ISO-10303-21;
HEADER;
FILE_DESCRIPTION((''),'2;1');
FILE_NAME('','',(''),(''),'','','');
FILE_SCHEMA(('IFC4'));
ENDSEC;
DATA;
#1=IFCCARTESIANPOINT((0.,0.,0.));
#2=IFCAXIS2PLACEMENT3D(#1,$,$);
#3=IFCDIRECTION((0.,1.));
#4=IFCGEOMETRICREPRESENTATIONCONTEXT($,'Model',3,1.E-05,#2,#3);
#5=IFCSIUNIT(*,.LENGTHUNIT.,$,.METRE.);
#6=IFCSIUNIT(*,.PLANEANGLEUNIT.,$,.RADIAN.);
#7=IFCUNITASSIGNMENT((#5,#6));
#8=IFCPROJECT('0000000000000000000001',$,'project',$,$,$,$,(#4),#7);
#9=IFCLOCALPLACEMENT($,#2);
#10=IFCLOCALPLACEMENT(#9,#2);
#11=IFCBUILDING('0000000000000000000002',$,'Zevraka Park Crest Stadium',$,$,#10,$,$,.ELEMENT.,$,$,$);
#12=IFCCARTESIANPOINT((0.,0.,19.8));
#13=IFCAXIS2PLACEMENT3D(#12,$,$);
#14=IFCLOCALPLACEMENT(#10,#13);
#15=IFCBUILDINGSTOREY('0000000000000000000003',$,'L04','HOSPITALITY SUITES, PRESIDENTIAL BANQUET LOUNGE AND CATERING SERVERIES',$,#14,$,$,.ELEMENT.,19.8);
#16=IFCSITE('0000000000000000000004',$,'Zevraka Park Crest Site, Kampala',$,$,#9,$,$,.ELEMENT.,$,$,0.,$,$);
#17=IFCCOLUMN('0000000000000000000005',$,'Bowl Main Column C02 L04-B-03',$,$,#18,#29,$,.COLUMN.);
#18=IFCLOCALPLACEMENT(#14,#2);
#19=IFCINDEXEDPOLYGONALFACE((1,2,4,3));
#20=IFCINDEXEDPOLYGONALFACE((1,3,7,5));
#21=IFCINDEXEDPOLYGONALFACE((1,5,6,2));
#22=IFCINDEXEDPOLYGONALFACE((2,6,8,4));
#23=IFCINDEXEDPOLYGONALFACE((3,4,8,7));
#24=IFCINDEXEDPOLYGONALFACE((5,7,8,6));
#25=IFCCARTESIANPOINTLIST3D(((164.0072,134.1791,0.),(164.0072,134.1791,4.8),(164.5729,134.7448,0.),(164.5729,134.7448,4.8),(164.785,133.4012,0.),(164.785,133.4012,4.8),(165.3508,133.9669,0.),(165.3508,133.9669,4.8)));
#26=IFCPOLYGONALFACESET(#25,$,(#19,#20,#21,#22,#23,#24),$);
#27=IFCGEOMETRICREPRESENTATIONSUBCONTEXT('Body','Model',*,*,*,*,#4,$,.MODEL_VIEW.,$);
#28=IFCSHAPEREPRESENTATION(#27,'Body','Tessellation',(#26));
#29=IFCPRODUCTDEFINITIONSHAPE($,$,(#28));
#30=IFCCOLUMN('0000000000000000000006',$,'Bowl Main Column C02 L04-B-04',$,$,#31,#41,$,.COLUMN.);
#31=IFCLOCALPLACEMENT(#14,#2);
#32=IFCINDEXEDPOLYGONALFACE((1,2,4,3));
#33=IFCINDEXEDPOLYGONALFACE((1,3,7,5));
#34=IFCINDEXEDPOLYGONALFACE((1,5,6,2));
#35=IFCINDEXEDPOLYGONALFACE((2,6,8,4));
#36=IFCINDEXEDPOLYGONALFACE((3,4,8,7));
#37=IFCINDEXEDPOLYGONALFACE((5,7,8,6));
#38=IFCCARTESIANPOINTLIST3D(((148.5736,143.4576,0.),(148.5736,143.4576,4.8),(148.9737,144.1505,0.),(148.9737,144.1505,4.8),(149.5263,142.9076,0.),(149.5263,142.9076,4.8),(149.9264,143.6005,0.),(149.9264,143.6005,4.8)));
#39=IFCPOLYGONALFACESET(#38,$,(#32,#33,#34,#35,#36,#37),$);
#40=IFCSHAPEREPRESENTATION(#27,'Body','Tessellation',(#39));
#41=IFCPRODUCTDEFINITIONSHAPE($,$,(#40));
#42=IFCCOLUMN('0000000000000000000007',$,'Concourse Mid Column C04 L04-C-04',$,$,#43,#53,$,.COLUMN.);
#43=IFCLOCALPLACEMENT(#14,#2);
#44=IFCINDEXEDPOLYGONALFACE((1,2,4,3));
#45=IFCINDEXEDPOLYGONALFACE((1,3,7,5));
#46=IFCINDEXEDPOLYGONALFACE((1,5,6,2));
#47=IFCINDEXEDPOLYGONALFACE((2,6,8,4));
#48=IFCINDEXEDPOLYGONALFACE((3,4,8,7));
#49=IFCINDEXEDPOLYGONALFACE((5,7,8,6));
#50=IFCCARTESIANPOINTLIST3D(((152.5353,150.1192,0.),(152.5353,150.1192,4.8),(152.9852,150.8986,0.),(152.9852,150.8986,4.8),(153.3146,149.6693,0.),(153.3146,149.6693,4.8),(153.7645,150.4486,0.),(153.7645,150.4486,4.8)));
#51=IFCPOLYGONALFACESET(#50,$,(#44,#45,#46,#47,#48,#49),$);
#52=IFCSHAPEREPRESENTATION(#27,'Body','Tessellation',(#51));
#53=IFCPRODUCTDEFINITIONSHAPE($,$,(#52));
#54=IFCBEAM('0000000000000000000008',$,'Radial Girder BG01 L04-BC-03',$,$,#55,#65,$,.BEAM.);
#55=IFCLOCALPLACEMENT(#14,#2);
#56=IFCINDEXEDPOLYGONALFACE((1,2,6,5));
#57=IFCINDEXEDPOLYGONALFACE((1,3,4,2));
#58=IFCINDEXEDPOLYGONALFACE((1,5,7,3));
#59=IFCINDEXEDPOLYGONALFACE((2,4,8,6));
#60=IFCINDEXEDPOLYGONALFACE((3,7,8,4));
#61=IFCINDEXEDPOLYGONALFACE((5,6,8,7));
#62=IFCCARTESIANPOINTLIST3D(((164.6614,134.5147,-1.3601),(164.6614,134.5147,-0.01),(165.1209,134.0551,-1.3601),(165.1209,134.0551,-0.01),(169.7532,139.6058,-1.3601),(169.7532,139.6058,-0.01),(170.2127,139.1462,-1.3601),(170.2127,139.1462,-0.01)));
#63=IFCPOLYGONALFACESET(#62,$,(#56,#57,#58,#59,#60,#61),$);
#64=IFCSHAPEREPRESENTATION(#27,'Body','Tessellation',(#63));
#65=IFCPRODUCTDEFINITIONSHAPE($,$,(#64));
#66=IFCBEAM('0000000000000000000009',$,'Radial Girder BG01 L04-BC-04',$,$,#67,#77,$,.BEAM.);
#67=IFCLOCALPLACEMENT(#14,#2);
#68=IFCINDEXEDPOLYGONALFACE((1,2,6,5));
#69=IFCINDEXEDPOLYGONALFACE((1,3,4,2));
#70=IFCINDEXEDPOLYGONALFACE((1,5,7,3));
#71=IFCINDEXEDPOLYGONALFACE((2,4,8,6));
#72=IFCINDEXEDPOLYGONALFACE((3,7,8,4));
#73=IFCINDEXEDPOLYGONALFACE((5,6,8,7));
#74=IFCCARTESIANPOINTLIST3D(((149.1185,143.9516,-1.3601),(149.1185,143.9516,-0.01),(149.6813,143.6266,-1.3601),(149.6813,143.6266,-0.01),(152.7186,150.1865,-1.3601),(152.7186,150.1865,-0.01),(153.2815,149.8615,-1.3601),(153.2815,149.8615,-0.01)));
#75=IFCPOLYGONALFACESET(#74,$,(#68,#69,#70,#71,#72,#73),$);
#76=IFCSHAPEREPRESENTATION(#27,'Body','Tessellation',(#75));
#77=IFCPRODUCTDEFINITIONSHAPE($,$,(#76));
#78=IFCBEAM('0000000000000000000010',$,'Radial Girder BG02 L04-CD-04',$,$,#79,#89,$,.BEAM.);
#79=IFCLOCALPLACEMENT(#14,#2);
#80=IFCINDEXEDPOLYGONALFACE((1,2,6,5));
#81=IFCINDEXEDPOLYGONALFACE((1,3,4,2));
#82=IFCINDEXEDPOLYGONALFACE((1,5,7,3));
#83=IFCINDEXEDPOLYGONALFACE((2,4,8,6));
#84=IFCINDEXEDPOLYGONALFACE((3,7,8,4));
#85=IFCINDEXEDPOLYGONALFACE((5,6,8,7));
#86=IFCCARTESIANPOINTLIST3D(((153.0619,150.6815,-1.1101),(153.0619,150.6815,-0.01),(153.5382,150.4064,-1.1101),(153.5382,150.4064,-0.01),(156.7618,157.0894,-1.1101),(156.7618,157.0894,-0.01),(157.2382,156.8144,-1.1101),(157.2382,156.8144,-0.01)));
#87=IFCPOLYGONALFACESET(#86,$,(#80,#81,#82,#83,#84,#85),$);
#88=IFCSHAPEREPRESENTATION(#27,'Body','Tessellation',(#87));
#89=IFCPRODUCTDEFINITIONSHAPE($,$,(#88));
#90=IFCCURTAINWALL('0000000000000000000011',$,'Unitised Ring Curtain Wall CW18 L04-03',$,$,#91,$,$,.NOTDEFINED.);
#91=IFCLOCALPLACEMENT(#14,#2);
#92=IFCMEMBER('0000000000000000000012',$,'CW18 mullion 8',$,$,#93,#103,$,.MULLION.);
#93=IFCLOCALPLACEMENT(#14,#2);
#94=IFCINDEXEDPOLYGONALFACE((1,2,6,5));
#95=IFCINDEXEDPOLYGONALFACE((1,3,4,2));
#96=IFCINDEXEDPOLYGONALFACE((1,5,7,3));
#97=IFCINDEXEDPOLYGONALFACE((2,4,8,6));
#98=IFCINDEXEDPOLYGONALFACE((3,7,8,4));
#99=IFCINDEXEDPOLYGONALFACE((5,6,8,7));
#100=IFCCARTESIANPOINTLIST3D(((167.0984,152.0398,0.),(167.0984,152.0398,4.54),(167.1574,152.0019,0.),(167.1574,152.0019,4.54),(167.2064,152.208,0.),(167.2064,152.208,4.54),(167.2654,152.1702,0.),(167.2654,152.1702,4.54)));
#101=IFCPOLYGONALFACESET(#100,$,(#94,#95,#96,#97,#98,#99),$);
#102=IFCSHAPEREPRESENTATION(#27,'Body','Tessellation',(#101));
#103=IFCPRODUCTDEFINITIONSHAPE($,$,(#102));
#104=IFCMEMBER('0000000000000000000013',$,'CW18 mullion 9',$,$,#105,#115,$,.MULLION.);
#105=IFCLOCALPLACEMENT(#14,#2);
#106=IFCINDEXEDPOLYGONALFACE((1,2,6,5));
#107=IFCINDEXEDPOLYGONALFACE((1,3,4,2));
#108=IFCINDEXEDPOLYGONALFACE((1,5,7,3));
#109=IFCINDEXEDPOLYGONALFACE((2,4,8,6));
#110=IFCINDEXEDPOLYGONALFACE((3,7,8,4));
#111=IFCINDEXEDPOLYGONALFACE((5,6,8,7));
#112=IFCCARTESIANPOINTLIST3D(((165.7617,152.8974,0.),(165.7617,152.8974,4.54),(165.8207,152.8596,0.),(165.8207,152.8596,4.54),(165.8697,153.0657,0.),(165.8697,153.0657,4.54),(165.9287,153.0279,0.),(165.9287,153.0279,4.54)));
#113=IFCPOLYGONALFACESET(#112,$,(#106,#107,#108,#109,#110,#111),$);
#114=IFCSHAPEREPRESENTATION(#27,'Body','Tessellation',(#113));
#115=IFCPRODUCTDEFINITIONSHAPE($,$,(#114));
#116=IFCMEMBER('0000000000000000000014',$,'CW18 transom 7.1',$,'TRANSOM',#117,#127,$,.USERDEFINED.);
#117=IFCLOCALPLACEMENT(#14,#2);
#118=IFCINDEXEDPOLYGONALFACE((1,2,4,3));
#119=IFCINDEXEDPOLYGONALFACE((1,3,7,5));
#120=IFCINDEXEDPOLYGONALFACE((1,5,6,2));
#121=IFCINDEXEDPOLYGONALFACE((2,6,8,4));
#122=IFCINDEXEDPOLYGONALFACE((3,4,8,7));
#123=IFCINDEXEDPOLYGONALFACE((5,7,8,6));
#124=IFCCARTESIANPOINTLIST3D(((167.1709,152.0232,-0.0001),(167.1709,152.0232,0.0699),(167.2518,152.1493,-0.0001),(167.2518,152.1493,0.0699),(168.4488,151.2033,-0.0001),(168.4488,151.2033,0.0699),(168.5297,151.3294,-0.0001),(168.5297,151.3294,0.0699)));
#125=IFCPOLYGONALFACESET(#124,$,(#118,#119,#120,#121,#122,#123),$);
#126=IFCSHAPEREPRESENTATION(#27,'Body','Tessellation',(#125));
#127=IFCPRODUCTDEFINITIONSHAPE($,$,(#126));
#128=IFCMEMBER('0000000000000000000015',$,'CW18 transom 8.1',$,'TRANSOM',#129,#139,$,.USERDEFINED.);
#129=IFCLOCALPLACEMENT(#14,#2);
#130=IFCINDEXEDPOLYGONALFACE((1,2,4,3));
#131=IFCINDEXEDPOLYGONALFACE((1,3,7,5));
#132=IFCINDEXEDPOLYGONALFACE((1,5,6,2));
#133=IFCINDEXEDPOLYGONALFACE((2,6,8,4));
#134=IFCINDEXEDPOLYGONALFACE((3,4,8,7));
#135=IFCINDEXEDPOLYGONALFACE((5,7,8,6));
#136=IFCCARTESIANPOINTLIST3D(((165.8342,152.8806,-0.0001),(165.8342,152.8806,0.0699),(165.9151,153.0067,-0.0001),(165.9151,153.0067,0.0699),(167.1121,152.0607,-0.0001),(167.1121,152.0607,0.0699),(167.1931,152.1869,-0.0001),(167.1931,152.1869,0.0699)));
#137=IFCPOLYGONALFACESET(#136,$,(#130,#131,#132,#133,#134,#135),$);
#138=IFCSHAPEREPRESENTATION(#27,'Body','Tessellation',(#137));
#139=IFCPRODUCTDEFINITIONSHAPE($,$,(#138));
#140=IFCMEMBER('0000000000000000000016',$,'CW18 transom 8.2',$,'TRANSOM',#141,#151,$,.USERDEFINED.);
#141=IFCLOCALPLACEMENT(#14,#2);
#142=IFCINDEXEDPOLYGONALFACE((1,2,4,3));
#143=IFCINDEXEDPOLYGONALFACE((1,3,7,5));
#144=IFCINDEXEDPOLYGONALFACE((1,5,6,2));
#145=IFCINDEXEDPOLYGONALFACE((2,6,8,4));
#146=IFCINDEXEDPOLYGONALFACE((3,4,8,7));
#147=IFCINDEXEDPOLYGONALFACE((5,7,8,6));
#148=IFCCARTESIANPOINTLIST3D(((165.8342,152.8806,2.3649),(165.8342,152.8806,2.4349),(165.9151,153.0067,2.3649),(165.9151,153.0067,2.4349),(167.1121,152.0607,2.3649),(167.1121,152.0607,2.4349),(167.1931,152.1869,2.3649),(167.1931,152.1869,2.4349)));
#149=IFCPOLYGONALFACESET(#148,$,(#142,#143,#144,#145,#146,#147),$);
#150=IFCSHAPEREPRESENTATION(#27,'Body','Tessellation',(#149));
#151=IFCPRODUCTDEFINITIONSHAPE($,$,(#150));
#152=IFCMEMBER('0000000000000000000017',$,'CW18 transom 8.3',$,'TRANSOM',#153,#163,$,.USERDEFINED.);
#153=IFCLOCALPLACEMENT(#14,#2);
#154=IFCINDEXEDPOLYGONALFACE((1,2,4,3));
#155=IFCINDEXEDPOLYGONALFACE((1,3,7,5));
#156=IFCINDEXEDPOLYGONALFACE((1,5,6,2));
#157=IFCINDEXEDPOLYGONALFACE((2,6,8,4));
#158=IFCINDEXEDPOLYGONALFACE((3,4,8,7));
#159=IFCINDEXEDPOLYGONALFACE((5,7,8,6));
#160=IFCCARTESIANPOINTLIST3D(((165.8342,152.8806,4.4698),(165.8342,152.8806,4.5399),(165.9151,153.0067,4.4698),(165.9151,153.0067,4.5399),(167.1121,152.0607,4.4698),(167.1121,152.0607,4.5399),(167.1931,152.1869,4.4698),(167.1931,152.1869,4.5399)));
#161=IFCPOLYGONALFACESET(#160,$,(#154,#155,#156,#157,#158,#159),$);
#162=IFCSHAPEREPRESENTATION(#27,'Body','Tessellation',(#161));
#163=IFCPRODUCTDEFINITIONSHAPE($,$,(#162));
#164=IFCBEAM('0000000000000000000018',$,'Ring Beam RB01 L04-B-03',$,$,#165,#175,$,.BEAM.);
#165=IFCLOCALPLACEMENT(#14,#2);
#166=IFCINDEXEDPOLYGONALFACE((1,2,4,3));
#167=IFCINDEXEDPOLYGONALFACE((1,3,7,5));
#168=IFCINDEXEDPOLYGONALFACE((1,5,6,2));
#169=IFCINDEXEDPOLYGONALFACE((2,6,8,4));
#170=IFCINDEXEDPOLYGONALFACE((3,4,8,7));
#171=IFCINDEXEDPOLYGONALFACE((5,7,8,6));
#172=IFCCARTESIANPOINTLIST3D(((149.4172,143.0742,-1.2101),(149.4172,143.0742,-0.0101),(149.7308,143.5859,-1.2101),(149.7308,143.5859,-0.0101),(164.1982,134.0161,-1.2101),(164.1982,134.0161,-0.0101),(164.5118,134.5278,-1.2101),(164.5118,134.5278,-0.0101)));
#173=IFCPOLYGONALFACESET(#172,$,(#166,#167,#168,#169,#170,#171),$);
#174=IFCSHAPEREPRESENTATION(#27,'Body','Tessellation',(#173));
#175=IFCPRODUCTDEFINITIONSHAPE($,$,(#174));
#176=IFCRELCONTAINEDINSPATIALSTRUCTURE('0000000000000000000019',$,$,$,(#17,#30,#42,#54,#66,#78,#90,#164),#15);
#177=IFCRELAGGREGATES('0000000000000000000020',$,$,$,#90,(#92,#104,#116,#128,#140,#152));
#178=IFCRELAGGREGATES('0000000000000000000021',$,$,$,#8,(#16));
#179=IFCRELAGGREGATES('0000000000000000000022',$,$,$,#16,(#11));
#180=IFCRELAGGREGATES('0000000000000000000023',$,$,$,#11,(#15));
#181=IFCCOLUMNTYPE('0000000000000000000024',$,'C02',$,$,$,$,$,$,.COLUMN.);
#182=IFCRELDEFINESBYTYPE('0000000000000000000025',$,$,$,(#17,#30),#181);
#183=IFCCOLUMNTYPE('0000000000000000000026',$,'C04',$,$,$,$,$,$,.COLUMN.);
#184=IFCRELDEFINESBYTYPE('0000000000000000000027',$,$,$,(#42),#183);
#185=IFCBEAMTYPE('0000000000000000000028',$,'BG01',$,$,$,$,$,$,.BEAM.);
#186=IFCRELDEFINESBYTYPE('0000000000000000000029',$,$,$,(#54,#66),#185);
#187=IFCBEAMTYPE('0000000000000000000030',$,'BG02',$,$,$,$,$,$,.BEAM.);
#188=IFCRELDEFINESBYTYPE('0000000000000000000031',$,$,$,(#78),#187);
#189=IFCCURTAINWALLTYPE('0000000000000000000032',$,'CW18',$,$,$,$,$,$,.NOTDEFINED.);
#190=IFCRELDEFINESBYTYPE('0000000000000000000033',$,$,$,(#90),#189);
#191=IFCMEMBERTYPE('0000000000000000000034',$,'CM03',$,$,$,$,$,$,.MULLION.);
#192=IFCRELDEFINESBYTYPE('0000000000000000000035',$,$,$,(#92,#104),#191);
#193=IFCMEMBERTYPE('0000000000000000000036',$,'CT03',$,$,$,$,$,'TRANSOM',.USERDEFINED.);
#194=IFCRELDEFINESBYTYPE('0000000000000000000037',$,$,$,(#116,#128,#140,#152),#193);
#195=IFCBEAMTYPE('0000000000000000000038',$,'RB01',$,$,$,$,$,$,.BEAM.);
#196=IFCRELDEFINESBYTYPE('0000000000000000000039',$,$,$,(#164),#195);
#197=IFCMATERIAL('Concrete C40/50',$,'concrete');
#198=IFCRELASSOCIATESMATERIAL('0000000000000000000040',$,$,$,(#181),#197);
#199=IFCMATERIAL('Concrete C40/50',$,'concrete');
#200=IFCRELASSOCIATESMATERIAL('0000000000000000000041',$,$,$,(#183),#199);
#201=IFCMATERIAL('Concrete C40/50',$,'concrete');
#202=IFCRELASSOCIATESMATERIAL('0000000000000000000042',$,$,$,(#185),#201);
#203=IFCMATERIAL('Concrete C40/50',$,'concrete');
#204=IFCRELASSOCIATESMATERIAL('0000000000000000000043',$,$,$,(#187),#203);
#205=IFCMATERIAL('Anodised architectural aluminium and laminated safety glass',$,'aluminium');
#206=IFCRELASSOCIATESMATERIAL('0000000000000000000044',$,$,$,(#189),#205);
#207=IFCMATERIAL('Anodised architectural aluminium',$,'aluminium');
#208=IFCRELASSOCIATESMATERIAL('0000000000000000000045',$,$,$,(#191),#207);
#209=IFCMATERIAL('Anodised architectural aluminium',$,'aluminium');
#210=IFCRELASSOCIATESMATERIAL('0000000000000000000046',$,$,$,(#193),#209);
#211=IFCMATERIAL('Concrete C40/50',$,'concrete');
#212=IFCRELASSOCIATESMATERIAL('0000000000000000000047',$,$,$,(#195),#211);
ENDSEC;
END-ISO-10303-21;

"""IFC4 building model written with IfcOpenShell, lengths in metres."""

from ifc_helpers import new_model, si_unit, direction, frame, origin, origin_2d, place, context, subcontext, project, spatial, rectangle, extrude, material, material_profile, profile_set, type_object, element, aggregate, save


model = new_model("IFC4")

# Units and contexts
model_context = context("Model", 3, precision=1e-05, world=origin(), true_north=direction((0.0, 1.0)))
body_context = subcontext(model_context, "Body", "Model", "MODEL_VIEW")
ifc_project = project(units=[si_unit("LENGTHUNIT", "METRE"), si_unit("PLANEANGLEUNIT", "RADIAN")], contexts=[model_context])

# Site, building, storey
site_placement = place(None, origin())
site = spatial("IfcSite", under=ifc_project, at=site_placement, Name="Zevraka Park Crest Site, Kampala", CompositionType="ELEMENT", RefElevation=0.0)
building_placement = place(site_placement, origin())
building = spatial("IfcBuilding", under=site, at=building_placement, Name="Zevraka Park Crest Stadium", CompositionType="ELEMENT")
storey_placement = place(building_placement, frame((0.0, 0.0, 19.8)))
storey = spatial("IfcBuildingStorey", under=building, at=storey_placement, Name="L04", Description="HOSPITALITY SUITES, PRESIDENTIAL BANQUET LOUNGE AND CATERING SERVERIES", CompositionType="ELEMENT", Elevation=19.8)

# Columns
ifc_material_1 = material(Name="Concrete C40/50", Category="concrete")
ifc_material_profile_1 = material_profile(ifc_material_1, rectangle(XDim=0.8, YDim=1.1001, at=origin_2d()), Name="RC 1100x800")
ifc_profile_set_1 = profile_set([ifc_material_profile_1], Name="Concrete C40/50")
column_type_1 = type_object("IfcColumnType", Name="C02", PredefinedType="COLUMN", material=ifc_profile_set_1)
for number, where, z_axis, x_axis, name in (
    (1, (164.679, 134.073, 0.0), (0.0, 0.0, 1.0), (0.707107, 0.707107, 0.0), "Bowl Main Column C02 L04-B-03"),
    (2, (149.25, 143.5291, 0.0), (0.0, 0.0, 1.0), (0.5, 0.866025, 0.0), "Bowl Main Column C02 L04-B-04"),
):
    element("IfcColumn", number, at=place(storey_placement, frame(where, z_axis=z_axis, x_axis=x_axis)), inside=storey, type_object=column_type_1, Name=name, PredefinedType="COLUMN", context=body_context, shape_type="SweptSolid", body=[
        extrude(rectangle(XDim=0.8, YDim=1.1001, at=origin_2d()), origin(), (0.0, 0.0, 1.0), 4.8),
    ])
ifc_material_2 = material(Name="Concrete C40/50", Category="concrete")
ifc_material_profile_2 = material_profile(ifc_material_2, rectangle(XDim=0.8999, YDim=0.8999, at=origin_2d()), Name="RC 900x900")
ifc_profile_set_2 = profile_set([ifc_material_profile_2], Name="Concrete C40/50")
column_type_2 = type_object("IfcColumnType", Name="C04", PredefinedType="COLUMN", material=ifc_profile_set_2)
column_placement = place(storey_placement, frame((153.1499, 150.2839, 0.0), z_axis=(0.0, 0.0, 1.0), x_axis=(0.5, 0.866025, 0.0)))
element("IfcColumn", 3, at=column_placement, inside=storey, type_object=column_type_2, Name="Concourse Mid Column C04 L04-C-04", PredefinedType="COLUMN", context=body_context, shape_type="SweptSolid", body=[
    extrude(rectangle(XDim=0.8999, YDim=0.8999, at=origin_2d()), origin(), (0.0, 0.0, 1.0), 4.8),
])

# Beams
ifc_material_3 = material(Name="Concrete C40/50", Category="concrete")
ifc_material_profile_3 = material_profile(ifc_material_3, rectangle(XDim=0.6499, YDim=1.3501, at=origin_2d()), Name="RC 1350x650")
ifc_profile_set_3 = profile_set([ifc_material_profile_3], Name="Concrete C40/50")
beam_type_1 = type_object("IfcBeamType", Name="BG01", PredefinedType="BEAM", material=ifc_profile_set_3)
beam_1_placement = place(storey_placement, frame((164.8911, 134.2849, -0.6851), z_axis=(0.707158, 0.707056, 0.0), x_axis=(-0.707056, 0.707158, 0.0)))
element("IfcBeam", 4, at=beam_1_placement, inside=storey, type_object=beam_type_1, Name="Radial Girder BG01 L04-BC-03", PredefinedType="BEAM", context=body_context, shape_type="SweptSolid", body=[
    extrude(rectangle(XDim=0.6499, YDim=1.3501, at=origin_2d()), origin(), (0.0, 0.0, 1.0), 7.2004),
])
beam_2_placement = place(storey_placement, frame((149.3999, 143.7891, -0.6851), z_axis=(0.500041, 0.866001, 0.0), x_axis=(-0.866001, 0.500041, 0.0)))
element("IfcBeam", 5, at=beam_2_placement, inside=storey, type_object=beam_type_1, Name="Radial Girder BG01 L04-BC-04", PredefinedType="BEAM", context=body_context, shape_type="SweptSolid", body=[
    extrude(rectangle(XDim=0.6499, YDim=1.3501, at=origin_2d()), origin(), (0.0, 0.0, 1.0), 7.1997),
])
ifc_material_4 = material(Name="Concrete C40/50", Category="concrete")
ifc_material_profile_4 = material_profile(ifc_material_4, rectangle(XDim=0.55, YDim=1.1001, at=origin_2d()), Name="RC 1100x550")
ifc_profile_set_4 = profile_set([ifc_material_profile_4], Name="Concrete C40/50")
beam_type_2 = type_object("IfcBeamType", Name="BG02", PredefinedType="BEAM", material=ifc_profile_set_4)
beam_3_placement = place(storey_placement, frame((153.3, 150.5439, -0.5601), z_axis=(0.500032, 0.866007, 0.0), x_axis=(-0.866007, 0.500032, 0.0)))
element("IfcBeam", 6, at=beam_3_placement, inside=storey, type_object=beam_type_2, Name="Radial Girder BG02 L04-CD-04", PredefinedType="BEAM", context=body_context, shape_type="SweptSolid", body=[
    extrude(rectangle(XDim=0.55, YDim=1.1001, at=origin_2d()), origin(), (0.0, 0.0, 1.0), 7.3994),
])

# Curtain wall, members
ifc_material_5 = material(Name="Anodised architectural aluminium and laminated safety glass", Category="aluminium")
curtain_wall_type = type_object("IfcCurtainWallType", Name="CW18", PredefinedType="NOTDEFINED", material=ifc_material_5)
curtain_wall_placement = place(storey_placement, origin())
curtain_wall = element("IfcCurtainWall", 7, at=curtain_wall_placement, inside=storey, type_object=curtain_wall_type, Name="Unitised Ring Curtain Wall CW18 L04-03", PredefinedType="NOTDEFINED")
ifc_material_6 = material(Name="Anodised architectural aluminium", Category="aluminium")
ifc_material_profile_5 = material_profile(ifc_material_6, rectangle(XDim=0.2, YDim=0.0701, at=origin_2d()), Name="ALU MULLION 200x70")
ifc_profile_set_5 = profile_set([ifc_material_profile_5], Name="Anodised architectural aluminium")
member_type_1 = type_object("IfcMemberType", Name="CM03", PredefinedType="MULLION", material=ifc_profile_set_5)
member_1_placement = place(storey_placement, frame((167.1819, 152.105, 0.0), z_axis=(0.0, 0.0, 1.0), x_axis=(-0.53998, -0.841678, 0.0)))
member_1 = element("IfcMember", 8, at=member_1_placement, type_object=member_type_1, Name="CW18 mullion 8", PredefinedType="MULLION", context=body_context, shape_type="SweptSolid", body=[
    extrude(rectangle(XDim=0.2, YDim=0.0701, at=origin_2d()), origin(), (0.0, 0.0, 1.0), 4.54),
])
member_2_placement = place(storey_placement, frame((165.8452, 152.9626, 0.0), z_axis=(0.0, 0.0, 1.0), x_axis=(-0.53998, -0.841678, 0.0)))
member_2 = element("IfcMember", 9, at=member_2_placement, type_object=member_type_1, Name="CW18 mullion 9", PredefinedType="MULLION", context=body_context, shape_type="SweptSolid", body=[
    extrude(rectangle(XDim=0.2, YDim=0.0701, at=origin_2d()), origin(), (0.0, 0.0, 1.0), 4.54),
])
ifc_material_7 = material(Name="Anodised architectural aluminium", Category="aluminium")
ifc_material_profile_6 = material_profile(ifc_material_7, rectangle(XDim=0.1499, YDim=0.0701, at=origin_2d()), Name="ALU TRANSOM 150x70")
ifc_profile_set_6 = profile_set([ifc_material_profile_6], Name="Anodised architectural aluminium")
member_type_2 = type_object("IfcMemberType", Name="CT03", ElementType="TRANSOM", PredefinedType="USERDEFINED", material=ifc_profile_set_6)
member_3_placement = place(storey_placement, frame((168.4893, 151.2664, 0.0349), z_axis=(-0.841669, 0.539993, 0.0), x_axis=(-0.539993, -0.841669, 0.0)))
member_3 = element("IfcMember", 10, at=member_3_placement, type_object=member_type_2, Name="CW18 transom 7.1", ObjectType="TRANSOM", PredefinedType="USERDEFINED", context=body_context, shape_type="SweptSolid", body=[
    extrude(rectangle(XDim=0.1499, YDim=0.0701, at=origin_2d()), origin(), (0.0, 0.0, 1.0), 1.5183),
])
member_4_placement = place(storey_placement, frame((167.1526, 152.1238, 0.0349), z_axis=(-0.841669, 0.539993, 0.0), x_axis=(-0.539993, -0.841669, 0.0)))
member_4 = element("IfcMember", 11, at=member_4_placement, type_object=member_type_2, Name="CW18 transom 8.1", ObjectType="TRANSOM", PredefinedType="USERDEFINED", context=body_context, shape_type="SweptSolid", body=[
    extrude(rectangle(XDim=0.1499, YDim=0.0701, at=origin_2d()), origin(), (0.0, 0.0, 1.0), 1.5183),
])
member_5_placement = place(storey_placement, frame((167.1526, 152.1238, 2.3999), z_axis=(-0.841669, 0.539993, 0.0), x_axis=(-0.539993, -0.841669, 0.0)))
member_5 = element("IfcMember", 12, at=member_5_placement, type_object=member_type_2, Name="CW18 transom 8.2", ObjectType="TRANSOM", PredefinedType="USERDEFINED", context=body_context, shape_type="SweptSolid", body=[
    extrude(rectangle(XDim=0.1499, YDim=0.0701, at=origin_2d()), origin(), (0.0, 0.0, 1.0), 1.5183),
])
member_6_placement = place(storey_placement, frame((167.1526, 152.1238, 4.5049), z_axis=(-0.841669, 0.539993, 0.0), x_axis=(-0.539993, -0.841669, 0.0)))
member_6 = element("IfcMember", 13, at=member_6_placement, type_object=member_type_2, Name="CW18 transom 8.3", ObjectType="TRANSOM", PredefinedType="USERDEFINED", context=body_context, shape_type="SweptSolid", body=[
    extrude(rectangle(XDim=0.1499, YDim=0.0701, at=origin_2d()), origin(), (0.0, 0.0, 1.0), 1.5183),
])

# Beam
ifc_material_8 = material(Name="Concrete C40/50", Category="concrete")
ifc_material_profile_7 = material_profile(ifc_material_8, rectangle(XDim=0.6001, YDim=1.2, at=origin_2d()), Name="RC 1200x600")
ifc_profile_set_7 = profile_set([ifc_material_profile_7], Name="Concrete C40/50")
beam_type_3 = type_object("IfcBeamType", Name="RB01", PredefinedType="BEAM", material=ifc_profile_set_7)
beam_4_placement = place(storey_placement, frame((164.355, 134.272, -0.6101), z_axis=(-0.852633, 0.522511, 0.0), x_axis=(-0.522511, -0.852633, 0.0)))
element("IfcBeam", 14, at=beam_4_placement, inside=storey, type_object=beam_type_3, Name="Ring Beam RB01 L04-B-03", PredefinedType="BEAM", context=body_context, shape_type="SweptSolid", body=[
    extrude(rectangle(XDim=0.6001, YDim=1.2, at=origin_2d()), origin(), (0.0, 0.0, 1.0), 17.3357),
])

aggregate(curtain_wall, [member_1, member_2, member_3, member_4, member_5, member_6])

save(model, "model.ifc")
